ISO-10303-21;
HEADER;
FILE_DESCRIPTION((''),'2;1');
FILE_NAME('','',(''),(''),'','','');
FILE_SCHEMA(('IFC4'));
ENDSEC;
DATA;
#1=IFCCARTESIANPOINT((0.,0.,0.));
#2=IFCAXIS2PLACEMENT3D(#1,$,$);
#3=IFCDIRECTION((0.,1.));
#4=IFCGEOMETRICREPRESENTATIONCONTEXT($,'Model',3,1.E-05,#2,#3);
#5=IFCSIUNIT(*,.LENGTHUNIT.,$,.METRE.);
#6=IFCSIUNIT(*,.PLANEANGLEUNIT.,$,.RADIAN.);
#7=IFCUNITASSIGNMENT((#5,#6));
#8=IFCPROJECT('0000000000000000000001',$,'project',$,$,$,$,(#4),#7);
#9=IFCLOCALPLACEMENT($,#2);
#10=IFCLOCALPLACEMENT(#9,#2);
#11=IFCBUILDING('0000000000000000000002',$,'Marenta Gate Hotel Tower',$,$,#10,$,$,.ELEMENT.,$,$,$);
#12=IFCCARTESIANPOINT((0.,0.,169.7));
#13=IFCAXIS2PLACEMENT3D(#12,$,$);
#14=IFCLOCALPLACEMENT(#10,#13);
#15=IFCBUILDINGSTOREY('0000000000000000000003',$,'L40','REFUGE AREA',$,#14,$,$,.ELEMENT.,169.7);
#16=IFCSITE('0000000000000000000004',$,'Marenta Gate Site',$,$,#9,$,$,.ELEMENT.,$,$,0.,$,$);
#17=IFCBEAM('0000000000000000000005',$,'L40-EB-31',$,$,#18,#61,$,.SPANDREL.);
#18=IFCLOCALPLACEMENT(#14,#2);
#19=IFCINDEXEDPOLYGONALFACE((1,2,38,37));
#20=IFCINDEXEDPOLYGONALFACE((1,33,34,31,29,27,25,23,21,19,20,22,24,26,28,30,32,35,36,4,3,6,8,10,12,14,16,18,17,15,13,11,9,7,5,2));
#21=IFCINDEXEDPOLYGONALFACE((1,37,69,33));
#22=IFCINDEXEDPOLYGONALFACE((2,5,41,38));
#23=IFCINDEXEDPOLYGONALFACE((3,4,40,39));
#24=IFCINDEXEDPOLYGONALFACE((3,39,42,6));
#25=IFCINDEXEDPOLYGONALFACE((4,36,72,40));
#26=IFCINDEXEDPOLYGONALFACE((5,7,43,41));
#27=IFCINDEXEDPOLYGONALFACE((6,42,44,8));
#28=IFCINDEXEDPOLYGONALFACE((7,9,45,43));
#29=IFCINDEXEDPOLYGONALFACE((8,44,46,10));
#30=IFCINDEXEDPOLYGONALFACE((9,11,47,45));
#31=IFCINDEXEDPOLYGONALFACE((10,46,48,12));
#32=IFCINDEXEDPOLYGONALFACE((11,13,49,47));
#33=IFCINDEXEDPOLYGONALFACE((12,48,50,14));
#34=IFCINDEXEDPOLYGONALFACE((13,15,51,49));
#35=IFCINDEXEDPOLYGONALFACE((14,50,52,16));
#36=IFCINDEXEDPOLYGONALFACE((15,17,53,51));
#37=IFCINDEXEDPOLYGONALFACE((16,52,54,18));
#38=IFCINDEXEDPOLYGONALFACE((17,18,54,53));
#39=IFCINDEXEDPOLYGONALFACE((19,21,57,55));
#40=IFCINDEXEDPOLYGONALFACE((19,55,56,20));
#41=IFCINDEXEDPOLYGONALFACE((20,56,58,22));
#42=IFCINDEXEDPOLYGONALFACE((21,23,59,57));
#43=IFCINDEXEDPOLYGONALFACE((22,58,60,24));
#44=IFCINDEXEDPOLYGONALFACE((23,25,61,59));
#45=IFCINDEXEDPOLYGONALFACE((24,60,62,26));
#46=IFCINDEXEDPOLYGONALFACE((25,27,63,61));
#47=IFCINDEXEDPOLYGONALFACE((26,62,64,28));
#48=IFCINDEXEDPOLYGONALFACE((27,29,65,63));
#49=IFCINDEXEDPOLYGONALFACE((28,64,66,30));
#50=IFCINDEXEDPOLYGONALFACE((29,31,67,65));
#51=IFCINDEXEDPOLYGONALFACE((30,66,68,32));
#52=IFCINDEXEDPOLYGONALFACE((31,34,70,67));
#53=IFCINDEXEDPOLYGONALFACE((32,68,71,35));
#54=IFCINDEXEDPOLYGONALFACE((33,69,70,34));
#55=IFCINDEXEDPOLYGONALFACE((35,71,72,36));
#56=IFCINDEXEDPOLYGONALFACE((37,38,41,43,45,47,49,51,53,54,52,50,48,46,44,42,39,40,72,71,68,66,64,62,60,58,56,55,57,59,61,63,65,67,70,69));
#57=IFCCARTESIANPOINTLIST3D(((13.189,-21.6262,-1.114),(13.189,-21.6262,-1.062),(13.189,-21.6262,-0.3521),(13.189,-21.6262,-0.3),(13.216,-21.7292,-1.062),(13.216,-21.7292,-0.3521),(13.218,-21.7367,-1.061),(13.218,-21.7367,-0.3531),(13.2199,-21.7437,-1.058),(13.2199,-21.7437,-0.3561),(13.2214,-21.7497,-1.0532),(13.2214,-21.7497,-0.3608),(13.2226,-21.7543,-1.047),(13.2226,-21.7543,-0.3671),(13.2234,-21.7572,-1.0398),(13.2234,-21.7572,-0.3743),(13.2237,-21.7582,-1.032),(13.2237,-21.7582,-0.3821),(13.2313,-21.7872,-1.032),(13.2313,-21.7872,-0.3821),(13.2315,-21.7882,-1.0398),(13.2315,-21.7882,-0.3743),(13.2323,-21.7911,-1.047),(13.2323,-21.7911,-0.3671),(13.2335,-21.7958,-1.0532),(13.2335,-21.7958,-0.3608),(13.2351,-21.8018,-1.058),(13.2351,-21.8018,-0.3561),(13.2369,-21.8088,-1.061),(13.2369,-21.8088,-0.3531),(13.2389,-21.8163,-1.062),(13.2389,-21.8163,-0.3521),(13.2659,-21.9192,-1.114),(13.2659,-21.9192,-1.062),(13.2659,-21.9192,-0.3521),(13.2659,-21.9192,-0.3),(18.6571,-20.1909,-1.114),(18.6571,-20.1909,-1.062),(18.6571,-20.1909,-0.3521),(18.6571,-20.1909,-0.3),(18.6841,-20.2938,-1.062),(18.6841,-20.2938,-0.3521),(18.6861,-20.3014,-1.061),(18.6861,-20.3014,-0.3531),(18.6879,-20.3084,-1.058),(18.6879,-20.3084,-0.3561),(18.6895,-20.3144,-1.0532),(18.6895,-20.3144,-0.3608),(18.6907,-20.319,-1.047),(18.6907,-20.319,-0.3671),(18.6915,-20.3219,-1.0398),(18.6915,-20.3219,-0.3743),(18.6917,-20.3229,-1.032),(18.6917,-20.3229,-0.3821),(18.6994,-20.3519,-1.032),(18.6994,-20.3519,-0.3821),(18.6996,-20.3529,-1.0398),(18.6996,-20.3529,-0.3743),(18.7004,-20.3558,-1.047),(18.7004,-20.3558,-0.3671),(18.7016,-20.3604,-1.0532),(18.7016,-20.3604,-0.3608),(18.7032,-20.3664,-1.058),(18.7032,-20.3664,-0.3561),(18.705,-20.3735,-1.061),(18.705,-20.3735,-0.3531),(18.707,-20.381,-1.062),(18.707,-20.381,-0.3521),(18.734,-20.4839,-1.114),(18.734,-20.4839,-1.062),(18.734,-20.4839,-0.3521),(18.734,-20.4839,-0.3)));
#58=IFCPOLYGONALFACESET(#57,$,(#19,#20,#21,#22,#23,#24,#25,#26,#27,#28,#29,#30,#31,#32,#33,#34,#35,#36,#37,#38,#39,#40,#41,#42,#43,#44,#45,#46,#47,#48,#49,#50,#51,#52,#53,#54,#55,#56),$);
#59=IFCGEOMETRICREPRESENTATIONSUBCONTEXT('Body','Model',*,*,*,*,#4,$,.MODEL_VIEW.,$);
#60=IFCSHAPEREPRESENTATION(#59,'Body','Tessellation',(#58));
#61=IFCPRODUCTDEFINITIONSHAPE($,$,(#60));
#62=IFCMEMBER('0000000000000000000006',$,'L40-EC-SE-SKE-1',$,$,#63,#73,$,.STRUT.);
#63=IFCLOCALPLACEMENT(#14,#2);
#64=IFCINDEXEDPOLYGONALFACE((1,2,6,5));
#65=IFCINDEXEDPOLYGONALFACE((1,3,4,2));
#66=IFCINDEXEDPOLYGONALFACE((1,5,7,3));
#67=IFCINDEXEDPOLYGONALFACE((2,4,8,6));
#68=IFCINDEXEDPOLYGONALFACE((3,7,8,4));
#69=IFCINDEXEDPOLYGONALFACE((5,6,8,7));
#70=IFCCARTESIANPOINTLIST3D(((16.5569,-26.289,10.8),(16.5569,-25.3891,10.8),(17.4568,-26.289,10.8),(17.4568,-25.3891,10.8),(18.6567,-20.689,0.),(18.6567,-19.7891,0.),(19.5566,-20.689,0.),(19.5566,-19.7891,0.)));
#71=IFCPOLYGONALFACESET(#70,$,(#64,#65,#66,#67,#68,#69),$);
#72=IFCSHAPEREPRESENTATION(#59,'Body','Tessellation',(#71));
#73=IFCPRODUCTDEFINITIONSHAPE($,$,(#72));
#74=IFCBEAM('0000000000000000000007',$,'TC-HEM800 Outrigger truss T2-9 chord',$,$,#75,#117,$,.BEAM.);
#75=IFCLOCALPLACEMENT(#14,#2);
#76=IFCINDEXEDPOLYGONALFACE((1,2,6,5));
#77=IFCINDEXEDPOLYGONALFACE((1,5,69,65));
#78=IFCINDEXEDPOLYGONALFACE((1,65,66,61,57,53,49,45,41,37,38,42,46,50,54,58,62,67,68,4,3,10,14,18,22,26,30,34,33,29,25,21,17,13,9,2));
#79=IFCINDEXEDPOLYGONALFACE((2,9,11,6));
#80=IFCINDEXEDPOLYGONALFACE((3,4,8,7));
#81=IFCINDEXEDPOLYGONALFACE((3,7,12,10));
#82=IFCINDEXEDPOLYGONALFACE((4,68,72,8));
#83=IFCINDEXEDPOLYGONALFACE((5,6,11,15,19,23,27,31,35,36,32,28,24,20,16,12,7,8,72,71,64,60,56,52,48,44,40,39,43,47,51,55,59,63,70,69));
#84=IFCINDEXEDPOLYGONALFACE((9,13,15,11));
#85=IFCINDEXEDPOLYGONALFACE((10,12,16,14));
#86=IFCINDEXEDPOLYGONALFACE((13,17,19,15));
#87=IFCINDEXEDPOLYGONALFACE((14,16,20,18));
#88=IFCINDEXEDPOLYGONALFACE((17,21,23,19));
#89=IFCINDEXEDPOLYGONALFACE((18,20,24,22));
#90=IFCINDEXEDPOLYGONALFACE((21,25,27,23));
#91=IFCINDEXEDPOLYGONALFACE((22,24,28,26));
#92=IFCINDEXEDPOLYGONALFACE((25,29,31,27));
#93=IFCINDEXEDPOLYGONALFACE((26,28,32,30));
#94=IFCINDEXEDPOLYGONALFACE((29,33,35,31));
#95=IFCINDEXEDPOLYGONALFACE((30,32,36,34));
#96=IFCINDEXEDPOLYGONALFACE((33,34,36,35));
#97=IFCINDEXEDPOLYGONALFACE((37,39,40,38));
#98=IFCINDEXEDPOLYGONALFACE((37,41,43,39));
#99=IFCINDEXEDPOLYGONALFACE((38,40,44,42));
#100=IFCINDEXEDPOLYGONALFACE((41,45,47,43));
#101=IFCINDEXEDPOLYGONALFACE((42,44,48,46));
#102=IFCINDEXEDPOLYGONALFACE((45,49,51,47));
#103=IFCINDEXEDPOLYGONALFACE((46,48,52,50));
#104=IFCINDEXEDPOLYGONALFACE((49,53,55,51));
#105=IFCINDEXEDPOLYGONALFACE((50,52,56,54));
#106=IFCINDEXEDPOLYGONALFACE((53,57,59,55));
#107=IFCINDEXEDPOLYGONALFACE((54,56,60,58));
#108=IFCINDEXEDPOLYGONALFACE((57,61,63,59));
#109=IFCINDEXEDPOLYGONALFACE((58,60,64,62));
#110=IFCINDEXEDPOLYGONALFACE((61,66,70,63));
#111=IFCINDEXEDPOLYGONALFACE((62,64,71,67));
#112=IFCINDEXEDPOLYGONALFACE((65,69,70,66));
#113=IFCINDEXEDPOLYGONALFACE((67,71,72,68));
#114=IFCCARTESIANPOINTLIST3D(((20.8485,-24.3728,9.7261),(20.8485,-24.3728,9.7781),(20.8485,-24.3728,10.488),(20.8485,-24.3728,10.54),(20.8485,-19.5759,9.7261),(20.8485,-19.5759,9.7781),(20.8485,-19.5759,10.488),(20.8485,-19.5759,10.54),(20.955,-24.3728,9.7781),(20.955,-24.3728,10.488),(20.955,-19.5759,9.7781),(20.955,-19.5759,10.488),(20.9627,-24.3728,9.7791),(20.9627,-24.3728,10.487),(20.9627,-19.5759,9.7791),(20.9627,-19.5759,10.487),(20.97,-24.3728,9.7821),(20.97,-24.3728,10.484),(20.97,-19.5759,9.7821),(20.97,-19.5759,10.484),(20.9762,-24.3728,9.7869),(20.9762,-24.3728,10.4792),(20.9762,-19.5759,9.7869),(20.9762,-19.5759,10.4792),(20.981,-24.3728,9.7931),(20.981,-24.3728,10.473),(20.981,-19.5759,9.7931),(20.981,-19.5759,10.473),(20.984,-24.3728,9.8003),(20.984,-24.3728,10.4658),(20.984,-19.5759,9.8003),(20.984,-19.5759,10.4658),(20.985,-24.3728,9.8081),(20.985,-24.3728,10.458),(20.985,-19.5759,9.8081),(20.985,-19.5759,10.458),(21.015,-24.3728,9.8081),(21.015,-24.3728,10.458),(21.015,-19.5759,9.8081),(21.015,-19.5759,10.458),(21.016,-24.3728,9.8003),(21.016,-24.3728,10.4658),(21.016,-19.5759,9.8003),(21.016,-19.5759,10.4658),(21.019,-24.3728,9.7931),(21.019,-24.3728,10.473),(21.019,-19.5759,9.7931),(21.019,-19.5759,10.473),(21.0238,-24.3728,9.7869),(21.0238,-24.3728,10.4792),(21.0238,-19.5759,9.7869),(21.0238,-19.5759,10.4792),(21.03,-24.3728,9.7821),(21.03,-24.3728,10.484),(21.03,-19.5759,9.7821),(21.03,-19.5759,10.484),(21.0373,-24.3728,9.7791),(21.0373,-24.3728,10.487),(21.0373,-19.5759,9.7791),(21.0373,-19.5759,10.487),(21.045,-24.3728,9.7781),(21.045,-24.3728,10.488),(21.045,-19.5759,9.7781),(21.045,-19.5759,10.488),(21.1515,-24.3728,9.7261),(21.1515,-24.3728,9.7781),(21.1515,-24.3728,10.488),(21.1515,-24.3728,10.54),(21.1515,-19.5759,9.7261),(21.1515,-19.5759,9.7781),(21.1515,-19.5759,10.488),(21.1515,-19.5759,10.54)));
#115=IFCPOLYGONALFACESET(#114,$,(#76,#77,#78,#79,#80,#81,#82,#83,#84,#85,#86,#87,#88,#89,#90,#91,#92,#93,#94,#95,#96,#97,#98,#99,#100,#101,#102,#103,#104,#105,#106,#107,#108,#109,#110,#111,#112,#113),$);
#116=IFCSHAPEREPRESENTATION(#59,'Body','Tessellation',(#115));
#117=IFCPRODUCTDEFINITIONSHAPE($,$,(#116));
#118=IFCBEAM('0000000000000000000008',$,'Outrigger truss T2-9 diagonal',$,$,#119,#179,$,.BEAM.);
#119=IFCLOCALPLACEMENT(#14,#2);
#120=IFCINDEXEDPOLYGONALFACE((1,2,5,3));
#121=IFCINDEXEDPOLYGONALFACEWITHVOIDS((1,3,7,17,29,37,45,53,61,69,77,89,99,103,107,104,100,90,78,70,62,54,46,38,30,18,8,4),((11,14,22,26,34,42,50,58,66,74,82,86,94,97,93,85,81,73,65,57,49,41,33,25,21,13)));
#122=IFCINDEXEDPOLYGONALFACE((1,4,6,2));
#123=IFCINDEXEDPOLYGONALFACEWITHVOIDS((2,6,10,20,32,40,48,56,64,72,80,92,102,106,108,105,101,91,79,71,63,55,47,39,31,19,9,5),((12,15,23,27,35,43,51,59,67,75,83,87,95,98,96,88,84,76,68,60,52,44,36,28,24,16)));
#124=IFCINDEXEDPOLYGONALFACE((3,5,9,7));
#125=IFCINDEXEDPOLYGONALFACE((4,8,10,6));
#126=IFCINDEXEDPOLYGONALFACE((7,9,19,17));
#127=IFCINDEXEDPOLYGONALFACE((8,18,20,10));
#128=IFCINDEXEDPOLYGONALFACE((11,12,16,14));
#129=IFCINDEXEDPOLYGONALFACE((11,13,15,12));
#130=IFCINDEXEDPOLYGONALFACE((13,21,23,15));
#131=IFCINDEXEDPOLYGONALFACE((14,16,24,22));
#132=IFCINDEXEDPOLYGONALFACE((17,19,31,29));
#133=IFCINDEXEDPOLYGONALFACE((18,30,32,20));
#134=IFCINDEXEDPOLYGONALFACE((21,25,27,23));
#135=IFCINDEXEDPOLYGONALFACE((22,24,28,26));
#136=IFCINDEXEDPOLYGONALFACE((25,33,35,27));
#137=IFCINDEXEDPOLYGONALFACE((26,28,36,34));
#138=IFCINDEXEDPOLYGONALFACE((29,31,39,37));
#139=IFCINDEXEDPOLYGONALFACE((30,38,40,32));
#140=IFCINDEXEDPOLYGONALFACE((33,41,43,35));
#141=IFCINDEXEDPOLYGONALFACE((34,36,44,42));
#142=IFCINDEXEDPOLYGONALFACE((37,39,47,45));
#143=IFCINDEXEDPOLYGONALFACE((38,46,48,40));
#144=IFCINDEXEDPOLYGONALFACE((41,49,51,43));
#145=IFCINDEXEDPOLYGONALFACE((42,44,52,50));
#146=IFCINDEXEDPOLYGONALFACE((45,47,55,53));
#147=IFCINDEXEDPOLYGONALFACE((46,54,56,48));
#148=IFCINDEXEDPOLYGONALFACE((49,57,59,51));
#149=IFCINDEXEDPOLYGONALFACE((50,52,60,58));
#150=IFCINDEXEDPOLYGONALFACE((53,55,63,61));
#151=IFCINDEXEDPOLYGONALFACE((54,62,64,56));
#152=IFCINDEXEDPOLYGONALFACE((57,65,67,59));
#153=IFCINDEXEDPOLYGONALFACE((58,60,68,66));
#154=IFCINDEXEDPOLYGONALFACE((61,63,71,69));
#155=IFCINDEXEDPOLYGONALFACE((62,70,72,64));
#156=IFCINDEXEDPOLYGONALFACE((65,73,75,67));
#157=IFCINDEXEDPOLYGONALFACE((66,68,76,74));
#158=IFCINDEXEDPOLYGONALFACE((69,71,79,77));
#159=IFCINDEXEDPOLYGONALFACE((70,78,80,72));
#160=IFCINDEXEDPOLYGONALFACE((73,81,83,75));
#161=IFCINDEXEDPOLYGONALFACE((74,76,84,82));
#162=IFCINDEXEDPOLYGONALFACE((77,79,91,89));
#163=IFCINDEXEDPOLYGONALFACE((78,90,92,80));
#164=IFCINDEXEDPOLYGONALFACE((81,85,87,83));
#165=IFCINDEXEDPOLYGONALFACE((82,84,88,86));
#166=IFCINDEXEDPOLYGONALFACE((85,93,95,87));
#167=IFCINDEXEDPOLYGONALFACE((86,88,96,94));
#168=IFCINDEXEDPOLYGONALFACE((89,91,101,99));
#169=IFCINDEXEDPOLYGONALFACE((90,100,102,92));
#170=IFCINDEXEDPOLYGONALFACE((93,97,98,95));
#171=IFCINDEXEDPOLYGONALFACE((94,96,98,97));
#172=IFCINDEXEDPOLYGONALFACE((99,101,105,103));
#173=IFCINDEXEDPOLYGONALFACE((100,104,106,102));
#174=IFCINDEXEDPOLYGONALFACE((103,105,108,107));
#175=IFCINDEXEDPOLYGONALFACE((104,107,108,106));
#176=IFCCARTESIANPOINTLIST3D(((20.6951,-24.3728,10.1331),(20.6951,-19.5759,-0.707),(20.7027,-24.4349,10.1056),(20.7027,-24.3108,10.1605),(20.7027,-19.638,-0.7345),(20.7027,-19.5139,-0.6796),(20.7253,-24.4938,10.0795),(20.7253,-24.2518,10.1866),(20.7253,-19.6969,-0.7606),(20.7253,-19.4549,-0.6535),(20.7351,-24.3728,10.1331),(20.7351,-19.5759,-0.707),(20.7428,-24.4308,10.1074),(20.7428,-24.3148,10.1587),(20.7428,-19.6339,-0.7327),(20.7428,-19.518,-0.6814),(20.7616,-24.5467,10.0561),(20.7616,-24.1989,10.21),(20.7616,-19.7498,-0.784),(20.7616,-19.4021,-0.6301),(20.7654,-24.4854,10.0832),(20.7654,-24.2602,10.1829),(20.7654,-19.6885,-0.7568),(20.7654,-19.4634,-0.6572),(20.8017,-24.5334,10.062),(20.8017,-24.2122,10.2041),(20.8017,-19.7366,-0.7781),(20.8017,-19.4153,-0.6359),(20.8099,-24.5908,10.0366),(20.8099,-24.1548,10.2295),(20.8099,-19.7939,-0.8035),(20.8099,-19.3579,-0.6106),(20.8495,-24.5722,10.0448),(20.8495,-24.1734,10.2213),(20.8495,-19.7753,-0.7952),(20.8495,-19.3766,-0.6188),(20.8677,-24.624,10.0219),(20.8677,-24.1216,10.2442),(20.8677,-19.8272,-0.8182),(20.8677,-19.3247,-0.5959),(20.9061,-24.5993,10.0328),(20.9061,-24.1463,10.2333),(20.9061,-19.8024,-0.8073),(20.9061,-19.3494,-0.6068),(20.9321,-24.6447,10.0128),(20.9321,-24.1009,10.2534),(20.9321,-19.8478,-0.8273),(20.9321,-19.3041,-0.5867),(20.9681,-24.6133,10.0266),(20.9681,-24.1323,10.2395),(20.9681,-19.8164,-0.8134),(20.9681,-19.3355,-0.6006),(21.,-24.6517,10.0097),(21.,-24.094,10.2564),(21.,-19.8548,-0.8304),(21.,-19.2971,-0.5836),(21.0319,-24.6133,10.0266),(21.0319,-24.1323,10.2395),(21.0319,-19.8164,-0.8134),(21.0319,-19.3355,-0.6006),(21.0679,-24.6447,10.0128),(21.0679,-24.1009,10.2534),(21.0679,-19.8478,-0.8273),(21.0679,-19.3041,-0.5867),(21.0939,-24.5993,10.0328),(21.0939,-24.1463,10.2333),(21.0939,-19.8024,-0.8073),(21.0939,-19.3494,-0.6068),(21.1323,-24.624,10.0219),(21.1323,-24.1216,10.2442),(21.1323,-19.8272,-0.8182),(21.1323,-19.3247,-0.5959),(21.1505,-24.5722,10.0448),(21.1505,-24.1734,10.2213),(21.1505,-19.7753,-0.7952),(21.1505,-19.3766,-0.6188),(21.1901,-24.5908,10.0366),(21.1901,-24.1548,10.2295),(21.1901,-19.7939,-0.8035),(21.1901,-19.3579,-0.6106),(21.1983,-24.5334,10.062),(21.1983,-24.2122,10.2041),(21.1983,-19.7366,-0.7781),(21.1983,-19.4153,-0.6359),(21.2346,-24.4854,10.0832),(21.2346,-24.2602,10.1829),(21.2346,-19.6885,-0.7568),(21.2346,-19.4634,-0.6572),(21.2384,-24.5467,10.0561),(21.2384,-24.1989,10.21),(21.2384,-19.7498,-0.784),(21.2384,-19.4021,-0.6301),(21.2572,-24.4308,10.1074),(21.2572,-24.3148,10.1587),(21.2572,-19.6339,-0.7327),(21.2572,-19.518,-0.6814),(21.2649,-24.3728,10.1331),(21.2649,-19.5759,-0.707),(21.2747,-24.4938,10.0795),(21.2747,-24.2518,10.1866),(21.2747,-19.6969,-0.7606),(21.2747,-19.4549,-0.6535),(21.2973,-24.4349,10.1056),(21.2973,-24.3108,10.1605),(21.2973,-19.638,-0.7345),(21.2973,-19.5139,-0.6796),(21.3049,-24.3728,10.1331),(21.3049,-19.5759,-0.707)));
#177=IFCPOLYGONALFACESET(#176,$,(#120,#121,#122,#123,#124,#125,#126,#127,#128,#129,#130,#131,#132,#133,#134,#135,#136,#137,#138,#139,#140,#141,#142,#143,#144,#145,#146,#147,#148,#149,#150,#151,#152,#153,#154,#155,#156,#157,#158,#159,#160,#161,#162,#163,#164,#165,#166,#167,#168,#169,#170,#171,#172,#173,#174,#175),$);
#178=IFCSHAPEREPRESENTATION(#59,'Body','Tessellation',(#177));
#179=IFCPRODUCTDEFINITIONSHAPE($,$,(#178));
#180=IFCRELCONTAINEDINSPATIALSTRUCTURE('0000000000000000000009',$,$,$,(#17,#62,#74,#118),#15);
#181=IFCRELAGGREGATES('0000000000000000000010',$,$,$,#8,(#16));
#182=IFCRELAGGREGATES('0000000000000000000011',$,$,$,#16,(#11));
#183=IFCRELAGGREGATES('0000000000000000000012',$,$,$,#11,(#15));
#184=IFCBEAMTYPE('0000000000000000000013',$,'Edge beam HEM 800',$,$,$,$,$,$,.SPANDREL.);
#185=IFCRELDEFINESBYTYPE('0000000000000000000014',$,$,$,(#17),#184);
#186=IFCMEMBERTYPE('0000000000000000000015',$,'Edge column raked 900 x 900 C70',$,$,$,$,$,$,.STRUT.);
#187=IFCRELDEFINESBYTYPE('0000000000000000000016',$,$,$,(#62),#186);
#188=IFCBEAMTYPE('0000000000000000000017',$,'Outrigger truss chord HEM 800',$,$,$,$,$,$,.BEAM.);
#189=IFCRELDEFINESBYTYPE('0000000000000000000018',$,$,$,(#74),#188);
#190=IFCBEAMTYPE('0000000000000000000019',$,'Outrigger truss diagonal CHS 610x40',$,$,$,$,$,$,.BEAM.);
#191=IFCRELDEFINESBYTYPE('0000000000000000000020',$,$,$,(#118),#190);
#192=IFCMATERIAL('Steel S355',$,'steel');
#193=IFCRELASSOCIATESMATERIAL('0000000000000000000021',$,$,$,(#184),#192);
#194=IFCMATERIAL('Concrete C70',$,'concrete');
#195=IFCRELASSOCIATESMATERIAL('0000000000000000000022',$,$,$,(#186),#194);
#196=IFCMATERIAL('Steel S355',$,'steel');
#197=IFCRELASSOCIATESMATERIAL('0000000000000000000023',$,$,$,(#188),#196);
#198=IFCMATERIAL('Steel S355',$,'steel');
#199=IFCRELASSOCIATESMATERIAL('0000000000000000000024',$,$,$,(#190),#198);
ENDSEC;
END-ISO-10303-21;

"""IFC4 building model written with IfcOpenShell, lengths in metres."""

from ifc_helpers import new_model, si_unit, direction, frame, origin, origin_2d, place, context, subcontext, project, spatial, rectangle, hollow_circle, i_section, extrude, material, material_profile, profile_set, type_object, element, save


model = new_model("IFC4")

# Units and contexts
model_context = context("Model", 3, precision=1e-05, world=origin(), true_north=direction((0.0, 1.0)))
body_context = subcontext(model_context, "Body", "Model", "MODEL_VIEW")
ifc_project = project(units=[si_unit("LENGTHUNIT", "METRE"), si_unit("PLANEANGLEUNIT", "RADIAN")], contexts=[model_context])

# Site, building, storey
site_placement = place(None, origin())
site = spatial("IfcSite", under=ifc_project, at=site_placement, Name="Marenta Gate Site", CompositionType="ELEMENT", RefElevation=0.0)
building_placement = place(site_placement, origin())
building = spatial("IfcBuilding", under=site, at=building_placement, Name="Marenta Gate Hotel Tower", CompositionType="ELEMENT")
storey_placement = place(building_placement, frame((0.0, 0.0, 169.7)))
storey = spatial("IfcBuildingStorey", under=building, at=storey_placement, Name="L40", Description="REFUGE AREA", CompositionType="ELEMENT", Elevation=169.7)

# Beam
ifc_material_1 = material(Name="Steel S355", Category="steel")
ifc_material_profile_1 = material_profile(ifc_material_1, i_section(OverallWidth=0.303, OverallDepth=0.814, WebThickness=0.03, FlangeThickness=0.052, FilletRadius=0.03, at=origin_2d()), Name="HEM 800")
ifc_profile_set_1 = profile_set([ifc_material_profile_1], Name="Steel S355")
beam_type_1 = type_object("IfcBeamType", Name="Edge beam HEM 800", PredefinedType="SPANDREL", material=ifc_profile_set_1)
beam_1_placement = place(storey_placement, frame((18.6956, -20.3374, -0.707), z_axis=(-0.967233, -0.25389, 0.0), x_axis=(0.25389, -0.967233, 0.0)))
element("IfcBeam", 1, at=beam_1_placement, inside=storey, type_object=beam_type_1, Name="L40-EB-31", PredefinedType="SPANDREL", context=body_context, shape_type="SweptSolid", body=[
    extrude(i_section(OverallWidth=0.303, OverallDepth=0.814, WebThickness=0.03, FlangeThickness=0.052, FilletRadius=0.03, at=origin_2d()), origin(), (0.0, 0.0, 1.0), 5.6533),
])

# Member
ifc_material_2 = material(Name="Concrete C70", Category="concrete")
ifc_material_profile_2 = material_profile(ifc_material_2, rectangle(XDim=0.8999, YDim=0.8999, at=origin_2d()), Name="900 x 900")
ifc_profile_set_2 = profile_set([ifc_material_profile_2], Name="Concrete C70")
member_type_1 = type_object("IfcMemberType", Name="Edge column raked 900 x 900 C70", PredefinedType="STRUT", material=ifc_profile_set_2)
member_1_placement = place(storey_placement, frame((19.1067, -20.239, 0.0), z_axis=(0.0, 0.0, 1.0), x_axis=(1.0, 0.0, 0.0)))
element("IfcMember", 2, at=member_1_placement, inside=storey, type_object=member_type_1, Name="L40-EC-SE-SKE-1", PredefinedType="STRUT", context=body_context, shape_type="SweptSolid", body=[
    extrude(rectangle(XDim=0.8999, YDim=0.8999, at=origin_2d()), origin(), (-0.170091, -0.453614, 0.874816), 12.3455),
])

# Beams
ifc_material_3 = material(Name="Steel S355", Category="steel")
ifc_material_profile_3 = material_profile(ifc_material_3, i_section(OverallWidth=0.303, OverallDepth=0.814, WebThickness=0.03, FlangeThickness=0.052, FilletRadius=0.03, at=origin_2d()), Name="HEM 800")
ifc_profile_set_3 = profile_set([ifc_material_profile_3], Name="Steel S355")
beam_type_2 = type_object("IfcBeamType", Name="Outrigger truss chord HEM 800", PredefinedType="BEAM", material=ifc_profile_set_3)
beam_2_placement = place(storey_placement, frame((21.0, -19.5759, 10.1331), z_axis=(0.0, -1.0, 0.0), x_axis=(1.0, 0.0, 0.0)))
element("IfcBeam", 3, at=beam_2_placement, inside=storey, type_object=beam_type_2, Name="TC-HEM800 Outrigger truss T2-9 chord", PredefinedType="BEAM", context=body_context, shape_type="SweptSolid", body=[
    extrude(i_section(OverallWidth=0.303, OverallDepth=0.814, WebThickness=0.03, FlangeThickness=0.052, FilletRadius=0.03, at=origin_2d()), origin(), (0.0, 0.0, 1.0), 4.7969),
])
ifc_material_4 = material(Name="Steel S355", Category="steel")
ifc_material_profile_4 = material_profile(ifc_material_4, hollow_circle(Radius=0.3049, WallThickness=0.04, at=origin_2d()), Name="CHS 610x40")
ifc_profile_set_4 = profile_set([ifc_material_profile_4], Name="Steel S355")
beam_type_3 = type_object("IfcBeamType", Name="Outrigger truss diagonal CHS 610x40", PredefinedType="BEAM", material=ifc_profile_set_4)
beam_3_placement = place(storey_placement, frame((21.0, -19.5759, -0.707), z_axis=(0.0, -0.404663, 0.914466), x_axis=(1.0, 0.0, 0.0)))
element("IfcBeam", 4, at=beam_3_placement, inside=storey, type_object=beam_type_3, Name="Outrigger truss T2-9 diagonal", PredefinedType="BEAM", context=body_context, shape_type="SweptSolid", body=[
    extrude(hollow_circle(Radius=0.3049, WallThickness=0.04, at=origin_2d()), origin(), (0.0, 0.0, 1.0), 11.854),
])

save(model, "model.ifc")
